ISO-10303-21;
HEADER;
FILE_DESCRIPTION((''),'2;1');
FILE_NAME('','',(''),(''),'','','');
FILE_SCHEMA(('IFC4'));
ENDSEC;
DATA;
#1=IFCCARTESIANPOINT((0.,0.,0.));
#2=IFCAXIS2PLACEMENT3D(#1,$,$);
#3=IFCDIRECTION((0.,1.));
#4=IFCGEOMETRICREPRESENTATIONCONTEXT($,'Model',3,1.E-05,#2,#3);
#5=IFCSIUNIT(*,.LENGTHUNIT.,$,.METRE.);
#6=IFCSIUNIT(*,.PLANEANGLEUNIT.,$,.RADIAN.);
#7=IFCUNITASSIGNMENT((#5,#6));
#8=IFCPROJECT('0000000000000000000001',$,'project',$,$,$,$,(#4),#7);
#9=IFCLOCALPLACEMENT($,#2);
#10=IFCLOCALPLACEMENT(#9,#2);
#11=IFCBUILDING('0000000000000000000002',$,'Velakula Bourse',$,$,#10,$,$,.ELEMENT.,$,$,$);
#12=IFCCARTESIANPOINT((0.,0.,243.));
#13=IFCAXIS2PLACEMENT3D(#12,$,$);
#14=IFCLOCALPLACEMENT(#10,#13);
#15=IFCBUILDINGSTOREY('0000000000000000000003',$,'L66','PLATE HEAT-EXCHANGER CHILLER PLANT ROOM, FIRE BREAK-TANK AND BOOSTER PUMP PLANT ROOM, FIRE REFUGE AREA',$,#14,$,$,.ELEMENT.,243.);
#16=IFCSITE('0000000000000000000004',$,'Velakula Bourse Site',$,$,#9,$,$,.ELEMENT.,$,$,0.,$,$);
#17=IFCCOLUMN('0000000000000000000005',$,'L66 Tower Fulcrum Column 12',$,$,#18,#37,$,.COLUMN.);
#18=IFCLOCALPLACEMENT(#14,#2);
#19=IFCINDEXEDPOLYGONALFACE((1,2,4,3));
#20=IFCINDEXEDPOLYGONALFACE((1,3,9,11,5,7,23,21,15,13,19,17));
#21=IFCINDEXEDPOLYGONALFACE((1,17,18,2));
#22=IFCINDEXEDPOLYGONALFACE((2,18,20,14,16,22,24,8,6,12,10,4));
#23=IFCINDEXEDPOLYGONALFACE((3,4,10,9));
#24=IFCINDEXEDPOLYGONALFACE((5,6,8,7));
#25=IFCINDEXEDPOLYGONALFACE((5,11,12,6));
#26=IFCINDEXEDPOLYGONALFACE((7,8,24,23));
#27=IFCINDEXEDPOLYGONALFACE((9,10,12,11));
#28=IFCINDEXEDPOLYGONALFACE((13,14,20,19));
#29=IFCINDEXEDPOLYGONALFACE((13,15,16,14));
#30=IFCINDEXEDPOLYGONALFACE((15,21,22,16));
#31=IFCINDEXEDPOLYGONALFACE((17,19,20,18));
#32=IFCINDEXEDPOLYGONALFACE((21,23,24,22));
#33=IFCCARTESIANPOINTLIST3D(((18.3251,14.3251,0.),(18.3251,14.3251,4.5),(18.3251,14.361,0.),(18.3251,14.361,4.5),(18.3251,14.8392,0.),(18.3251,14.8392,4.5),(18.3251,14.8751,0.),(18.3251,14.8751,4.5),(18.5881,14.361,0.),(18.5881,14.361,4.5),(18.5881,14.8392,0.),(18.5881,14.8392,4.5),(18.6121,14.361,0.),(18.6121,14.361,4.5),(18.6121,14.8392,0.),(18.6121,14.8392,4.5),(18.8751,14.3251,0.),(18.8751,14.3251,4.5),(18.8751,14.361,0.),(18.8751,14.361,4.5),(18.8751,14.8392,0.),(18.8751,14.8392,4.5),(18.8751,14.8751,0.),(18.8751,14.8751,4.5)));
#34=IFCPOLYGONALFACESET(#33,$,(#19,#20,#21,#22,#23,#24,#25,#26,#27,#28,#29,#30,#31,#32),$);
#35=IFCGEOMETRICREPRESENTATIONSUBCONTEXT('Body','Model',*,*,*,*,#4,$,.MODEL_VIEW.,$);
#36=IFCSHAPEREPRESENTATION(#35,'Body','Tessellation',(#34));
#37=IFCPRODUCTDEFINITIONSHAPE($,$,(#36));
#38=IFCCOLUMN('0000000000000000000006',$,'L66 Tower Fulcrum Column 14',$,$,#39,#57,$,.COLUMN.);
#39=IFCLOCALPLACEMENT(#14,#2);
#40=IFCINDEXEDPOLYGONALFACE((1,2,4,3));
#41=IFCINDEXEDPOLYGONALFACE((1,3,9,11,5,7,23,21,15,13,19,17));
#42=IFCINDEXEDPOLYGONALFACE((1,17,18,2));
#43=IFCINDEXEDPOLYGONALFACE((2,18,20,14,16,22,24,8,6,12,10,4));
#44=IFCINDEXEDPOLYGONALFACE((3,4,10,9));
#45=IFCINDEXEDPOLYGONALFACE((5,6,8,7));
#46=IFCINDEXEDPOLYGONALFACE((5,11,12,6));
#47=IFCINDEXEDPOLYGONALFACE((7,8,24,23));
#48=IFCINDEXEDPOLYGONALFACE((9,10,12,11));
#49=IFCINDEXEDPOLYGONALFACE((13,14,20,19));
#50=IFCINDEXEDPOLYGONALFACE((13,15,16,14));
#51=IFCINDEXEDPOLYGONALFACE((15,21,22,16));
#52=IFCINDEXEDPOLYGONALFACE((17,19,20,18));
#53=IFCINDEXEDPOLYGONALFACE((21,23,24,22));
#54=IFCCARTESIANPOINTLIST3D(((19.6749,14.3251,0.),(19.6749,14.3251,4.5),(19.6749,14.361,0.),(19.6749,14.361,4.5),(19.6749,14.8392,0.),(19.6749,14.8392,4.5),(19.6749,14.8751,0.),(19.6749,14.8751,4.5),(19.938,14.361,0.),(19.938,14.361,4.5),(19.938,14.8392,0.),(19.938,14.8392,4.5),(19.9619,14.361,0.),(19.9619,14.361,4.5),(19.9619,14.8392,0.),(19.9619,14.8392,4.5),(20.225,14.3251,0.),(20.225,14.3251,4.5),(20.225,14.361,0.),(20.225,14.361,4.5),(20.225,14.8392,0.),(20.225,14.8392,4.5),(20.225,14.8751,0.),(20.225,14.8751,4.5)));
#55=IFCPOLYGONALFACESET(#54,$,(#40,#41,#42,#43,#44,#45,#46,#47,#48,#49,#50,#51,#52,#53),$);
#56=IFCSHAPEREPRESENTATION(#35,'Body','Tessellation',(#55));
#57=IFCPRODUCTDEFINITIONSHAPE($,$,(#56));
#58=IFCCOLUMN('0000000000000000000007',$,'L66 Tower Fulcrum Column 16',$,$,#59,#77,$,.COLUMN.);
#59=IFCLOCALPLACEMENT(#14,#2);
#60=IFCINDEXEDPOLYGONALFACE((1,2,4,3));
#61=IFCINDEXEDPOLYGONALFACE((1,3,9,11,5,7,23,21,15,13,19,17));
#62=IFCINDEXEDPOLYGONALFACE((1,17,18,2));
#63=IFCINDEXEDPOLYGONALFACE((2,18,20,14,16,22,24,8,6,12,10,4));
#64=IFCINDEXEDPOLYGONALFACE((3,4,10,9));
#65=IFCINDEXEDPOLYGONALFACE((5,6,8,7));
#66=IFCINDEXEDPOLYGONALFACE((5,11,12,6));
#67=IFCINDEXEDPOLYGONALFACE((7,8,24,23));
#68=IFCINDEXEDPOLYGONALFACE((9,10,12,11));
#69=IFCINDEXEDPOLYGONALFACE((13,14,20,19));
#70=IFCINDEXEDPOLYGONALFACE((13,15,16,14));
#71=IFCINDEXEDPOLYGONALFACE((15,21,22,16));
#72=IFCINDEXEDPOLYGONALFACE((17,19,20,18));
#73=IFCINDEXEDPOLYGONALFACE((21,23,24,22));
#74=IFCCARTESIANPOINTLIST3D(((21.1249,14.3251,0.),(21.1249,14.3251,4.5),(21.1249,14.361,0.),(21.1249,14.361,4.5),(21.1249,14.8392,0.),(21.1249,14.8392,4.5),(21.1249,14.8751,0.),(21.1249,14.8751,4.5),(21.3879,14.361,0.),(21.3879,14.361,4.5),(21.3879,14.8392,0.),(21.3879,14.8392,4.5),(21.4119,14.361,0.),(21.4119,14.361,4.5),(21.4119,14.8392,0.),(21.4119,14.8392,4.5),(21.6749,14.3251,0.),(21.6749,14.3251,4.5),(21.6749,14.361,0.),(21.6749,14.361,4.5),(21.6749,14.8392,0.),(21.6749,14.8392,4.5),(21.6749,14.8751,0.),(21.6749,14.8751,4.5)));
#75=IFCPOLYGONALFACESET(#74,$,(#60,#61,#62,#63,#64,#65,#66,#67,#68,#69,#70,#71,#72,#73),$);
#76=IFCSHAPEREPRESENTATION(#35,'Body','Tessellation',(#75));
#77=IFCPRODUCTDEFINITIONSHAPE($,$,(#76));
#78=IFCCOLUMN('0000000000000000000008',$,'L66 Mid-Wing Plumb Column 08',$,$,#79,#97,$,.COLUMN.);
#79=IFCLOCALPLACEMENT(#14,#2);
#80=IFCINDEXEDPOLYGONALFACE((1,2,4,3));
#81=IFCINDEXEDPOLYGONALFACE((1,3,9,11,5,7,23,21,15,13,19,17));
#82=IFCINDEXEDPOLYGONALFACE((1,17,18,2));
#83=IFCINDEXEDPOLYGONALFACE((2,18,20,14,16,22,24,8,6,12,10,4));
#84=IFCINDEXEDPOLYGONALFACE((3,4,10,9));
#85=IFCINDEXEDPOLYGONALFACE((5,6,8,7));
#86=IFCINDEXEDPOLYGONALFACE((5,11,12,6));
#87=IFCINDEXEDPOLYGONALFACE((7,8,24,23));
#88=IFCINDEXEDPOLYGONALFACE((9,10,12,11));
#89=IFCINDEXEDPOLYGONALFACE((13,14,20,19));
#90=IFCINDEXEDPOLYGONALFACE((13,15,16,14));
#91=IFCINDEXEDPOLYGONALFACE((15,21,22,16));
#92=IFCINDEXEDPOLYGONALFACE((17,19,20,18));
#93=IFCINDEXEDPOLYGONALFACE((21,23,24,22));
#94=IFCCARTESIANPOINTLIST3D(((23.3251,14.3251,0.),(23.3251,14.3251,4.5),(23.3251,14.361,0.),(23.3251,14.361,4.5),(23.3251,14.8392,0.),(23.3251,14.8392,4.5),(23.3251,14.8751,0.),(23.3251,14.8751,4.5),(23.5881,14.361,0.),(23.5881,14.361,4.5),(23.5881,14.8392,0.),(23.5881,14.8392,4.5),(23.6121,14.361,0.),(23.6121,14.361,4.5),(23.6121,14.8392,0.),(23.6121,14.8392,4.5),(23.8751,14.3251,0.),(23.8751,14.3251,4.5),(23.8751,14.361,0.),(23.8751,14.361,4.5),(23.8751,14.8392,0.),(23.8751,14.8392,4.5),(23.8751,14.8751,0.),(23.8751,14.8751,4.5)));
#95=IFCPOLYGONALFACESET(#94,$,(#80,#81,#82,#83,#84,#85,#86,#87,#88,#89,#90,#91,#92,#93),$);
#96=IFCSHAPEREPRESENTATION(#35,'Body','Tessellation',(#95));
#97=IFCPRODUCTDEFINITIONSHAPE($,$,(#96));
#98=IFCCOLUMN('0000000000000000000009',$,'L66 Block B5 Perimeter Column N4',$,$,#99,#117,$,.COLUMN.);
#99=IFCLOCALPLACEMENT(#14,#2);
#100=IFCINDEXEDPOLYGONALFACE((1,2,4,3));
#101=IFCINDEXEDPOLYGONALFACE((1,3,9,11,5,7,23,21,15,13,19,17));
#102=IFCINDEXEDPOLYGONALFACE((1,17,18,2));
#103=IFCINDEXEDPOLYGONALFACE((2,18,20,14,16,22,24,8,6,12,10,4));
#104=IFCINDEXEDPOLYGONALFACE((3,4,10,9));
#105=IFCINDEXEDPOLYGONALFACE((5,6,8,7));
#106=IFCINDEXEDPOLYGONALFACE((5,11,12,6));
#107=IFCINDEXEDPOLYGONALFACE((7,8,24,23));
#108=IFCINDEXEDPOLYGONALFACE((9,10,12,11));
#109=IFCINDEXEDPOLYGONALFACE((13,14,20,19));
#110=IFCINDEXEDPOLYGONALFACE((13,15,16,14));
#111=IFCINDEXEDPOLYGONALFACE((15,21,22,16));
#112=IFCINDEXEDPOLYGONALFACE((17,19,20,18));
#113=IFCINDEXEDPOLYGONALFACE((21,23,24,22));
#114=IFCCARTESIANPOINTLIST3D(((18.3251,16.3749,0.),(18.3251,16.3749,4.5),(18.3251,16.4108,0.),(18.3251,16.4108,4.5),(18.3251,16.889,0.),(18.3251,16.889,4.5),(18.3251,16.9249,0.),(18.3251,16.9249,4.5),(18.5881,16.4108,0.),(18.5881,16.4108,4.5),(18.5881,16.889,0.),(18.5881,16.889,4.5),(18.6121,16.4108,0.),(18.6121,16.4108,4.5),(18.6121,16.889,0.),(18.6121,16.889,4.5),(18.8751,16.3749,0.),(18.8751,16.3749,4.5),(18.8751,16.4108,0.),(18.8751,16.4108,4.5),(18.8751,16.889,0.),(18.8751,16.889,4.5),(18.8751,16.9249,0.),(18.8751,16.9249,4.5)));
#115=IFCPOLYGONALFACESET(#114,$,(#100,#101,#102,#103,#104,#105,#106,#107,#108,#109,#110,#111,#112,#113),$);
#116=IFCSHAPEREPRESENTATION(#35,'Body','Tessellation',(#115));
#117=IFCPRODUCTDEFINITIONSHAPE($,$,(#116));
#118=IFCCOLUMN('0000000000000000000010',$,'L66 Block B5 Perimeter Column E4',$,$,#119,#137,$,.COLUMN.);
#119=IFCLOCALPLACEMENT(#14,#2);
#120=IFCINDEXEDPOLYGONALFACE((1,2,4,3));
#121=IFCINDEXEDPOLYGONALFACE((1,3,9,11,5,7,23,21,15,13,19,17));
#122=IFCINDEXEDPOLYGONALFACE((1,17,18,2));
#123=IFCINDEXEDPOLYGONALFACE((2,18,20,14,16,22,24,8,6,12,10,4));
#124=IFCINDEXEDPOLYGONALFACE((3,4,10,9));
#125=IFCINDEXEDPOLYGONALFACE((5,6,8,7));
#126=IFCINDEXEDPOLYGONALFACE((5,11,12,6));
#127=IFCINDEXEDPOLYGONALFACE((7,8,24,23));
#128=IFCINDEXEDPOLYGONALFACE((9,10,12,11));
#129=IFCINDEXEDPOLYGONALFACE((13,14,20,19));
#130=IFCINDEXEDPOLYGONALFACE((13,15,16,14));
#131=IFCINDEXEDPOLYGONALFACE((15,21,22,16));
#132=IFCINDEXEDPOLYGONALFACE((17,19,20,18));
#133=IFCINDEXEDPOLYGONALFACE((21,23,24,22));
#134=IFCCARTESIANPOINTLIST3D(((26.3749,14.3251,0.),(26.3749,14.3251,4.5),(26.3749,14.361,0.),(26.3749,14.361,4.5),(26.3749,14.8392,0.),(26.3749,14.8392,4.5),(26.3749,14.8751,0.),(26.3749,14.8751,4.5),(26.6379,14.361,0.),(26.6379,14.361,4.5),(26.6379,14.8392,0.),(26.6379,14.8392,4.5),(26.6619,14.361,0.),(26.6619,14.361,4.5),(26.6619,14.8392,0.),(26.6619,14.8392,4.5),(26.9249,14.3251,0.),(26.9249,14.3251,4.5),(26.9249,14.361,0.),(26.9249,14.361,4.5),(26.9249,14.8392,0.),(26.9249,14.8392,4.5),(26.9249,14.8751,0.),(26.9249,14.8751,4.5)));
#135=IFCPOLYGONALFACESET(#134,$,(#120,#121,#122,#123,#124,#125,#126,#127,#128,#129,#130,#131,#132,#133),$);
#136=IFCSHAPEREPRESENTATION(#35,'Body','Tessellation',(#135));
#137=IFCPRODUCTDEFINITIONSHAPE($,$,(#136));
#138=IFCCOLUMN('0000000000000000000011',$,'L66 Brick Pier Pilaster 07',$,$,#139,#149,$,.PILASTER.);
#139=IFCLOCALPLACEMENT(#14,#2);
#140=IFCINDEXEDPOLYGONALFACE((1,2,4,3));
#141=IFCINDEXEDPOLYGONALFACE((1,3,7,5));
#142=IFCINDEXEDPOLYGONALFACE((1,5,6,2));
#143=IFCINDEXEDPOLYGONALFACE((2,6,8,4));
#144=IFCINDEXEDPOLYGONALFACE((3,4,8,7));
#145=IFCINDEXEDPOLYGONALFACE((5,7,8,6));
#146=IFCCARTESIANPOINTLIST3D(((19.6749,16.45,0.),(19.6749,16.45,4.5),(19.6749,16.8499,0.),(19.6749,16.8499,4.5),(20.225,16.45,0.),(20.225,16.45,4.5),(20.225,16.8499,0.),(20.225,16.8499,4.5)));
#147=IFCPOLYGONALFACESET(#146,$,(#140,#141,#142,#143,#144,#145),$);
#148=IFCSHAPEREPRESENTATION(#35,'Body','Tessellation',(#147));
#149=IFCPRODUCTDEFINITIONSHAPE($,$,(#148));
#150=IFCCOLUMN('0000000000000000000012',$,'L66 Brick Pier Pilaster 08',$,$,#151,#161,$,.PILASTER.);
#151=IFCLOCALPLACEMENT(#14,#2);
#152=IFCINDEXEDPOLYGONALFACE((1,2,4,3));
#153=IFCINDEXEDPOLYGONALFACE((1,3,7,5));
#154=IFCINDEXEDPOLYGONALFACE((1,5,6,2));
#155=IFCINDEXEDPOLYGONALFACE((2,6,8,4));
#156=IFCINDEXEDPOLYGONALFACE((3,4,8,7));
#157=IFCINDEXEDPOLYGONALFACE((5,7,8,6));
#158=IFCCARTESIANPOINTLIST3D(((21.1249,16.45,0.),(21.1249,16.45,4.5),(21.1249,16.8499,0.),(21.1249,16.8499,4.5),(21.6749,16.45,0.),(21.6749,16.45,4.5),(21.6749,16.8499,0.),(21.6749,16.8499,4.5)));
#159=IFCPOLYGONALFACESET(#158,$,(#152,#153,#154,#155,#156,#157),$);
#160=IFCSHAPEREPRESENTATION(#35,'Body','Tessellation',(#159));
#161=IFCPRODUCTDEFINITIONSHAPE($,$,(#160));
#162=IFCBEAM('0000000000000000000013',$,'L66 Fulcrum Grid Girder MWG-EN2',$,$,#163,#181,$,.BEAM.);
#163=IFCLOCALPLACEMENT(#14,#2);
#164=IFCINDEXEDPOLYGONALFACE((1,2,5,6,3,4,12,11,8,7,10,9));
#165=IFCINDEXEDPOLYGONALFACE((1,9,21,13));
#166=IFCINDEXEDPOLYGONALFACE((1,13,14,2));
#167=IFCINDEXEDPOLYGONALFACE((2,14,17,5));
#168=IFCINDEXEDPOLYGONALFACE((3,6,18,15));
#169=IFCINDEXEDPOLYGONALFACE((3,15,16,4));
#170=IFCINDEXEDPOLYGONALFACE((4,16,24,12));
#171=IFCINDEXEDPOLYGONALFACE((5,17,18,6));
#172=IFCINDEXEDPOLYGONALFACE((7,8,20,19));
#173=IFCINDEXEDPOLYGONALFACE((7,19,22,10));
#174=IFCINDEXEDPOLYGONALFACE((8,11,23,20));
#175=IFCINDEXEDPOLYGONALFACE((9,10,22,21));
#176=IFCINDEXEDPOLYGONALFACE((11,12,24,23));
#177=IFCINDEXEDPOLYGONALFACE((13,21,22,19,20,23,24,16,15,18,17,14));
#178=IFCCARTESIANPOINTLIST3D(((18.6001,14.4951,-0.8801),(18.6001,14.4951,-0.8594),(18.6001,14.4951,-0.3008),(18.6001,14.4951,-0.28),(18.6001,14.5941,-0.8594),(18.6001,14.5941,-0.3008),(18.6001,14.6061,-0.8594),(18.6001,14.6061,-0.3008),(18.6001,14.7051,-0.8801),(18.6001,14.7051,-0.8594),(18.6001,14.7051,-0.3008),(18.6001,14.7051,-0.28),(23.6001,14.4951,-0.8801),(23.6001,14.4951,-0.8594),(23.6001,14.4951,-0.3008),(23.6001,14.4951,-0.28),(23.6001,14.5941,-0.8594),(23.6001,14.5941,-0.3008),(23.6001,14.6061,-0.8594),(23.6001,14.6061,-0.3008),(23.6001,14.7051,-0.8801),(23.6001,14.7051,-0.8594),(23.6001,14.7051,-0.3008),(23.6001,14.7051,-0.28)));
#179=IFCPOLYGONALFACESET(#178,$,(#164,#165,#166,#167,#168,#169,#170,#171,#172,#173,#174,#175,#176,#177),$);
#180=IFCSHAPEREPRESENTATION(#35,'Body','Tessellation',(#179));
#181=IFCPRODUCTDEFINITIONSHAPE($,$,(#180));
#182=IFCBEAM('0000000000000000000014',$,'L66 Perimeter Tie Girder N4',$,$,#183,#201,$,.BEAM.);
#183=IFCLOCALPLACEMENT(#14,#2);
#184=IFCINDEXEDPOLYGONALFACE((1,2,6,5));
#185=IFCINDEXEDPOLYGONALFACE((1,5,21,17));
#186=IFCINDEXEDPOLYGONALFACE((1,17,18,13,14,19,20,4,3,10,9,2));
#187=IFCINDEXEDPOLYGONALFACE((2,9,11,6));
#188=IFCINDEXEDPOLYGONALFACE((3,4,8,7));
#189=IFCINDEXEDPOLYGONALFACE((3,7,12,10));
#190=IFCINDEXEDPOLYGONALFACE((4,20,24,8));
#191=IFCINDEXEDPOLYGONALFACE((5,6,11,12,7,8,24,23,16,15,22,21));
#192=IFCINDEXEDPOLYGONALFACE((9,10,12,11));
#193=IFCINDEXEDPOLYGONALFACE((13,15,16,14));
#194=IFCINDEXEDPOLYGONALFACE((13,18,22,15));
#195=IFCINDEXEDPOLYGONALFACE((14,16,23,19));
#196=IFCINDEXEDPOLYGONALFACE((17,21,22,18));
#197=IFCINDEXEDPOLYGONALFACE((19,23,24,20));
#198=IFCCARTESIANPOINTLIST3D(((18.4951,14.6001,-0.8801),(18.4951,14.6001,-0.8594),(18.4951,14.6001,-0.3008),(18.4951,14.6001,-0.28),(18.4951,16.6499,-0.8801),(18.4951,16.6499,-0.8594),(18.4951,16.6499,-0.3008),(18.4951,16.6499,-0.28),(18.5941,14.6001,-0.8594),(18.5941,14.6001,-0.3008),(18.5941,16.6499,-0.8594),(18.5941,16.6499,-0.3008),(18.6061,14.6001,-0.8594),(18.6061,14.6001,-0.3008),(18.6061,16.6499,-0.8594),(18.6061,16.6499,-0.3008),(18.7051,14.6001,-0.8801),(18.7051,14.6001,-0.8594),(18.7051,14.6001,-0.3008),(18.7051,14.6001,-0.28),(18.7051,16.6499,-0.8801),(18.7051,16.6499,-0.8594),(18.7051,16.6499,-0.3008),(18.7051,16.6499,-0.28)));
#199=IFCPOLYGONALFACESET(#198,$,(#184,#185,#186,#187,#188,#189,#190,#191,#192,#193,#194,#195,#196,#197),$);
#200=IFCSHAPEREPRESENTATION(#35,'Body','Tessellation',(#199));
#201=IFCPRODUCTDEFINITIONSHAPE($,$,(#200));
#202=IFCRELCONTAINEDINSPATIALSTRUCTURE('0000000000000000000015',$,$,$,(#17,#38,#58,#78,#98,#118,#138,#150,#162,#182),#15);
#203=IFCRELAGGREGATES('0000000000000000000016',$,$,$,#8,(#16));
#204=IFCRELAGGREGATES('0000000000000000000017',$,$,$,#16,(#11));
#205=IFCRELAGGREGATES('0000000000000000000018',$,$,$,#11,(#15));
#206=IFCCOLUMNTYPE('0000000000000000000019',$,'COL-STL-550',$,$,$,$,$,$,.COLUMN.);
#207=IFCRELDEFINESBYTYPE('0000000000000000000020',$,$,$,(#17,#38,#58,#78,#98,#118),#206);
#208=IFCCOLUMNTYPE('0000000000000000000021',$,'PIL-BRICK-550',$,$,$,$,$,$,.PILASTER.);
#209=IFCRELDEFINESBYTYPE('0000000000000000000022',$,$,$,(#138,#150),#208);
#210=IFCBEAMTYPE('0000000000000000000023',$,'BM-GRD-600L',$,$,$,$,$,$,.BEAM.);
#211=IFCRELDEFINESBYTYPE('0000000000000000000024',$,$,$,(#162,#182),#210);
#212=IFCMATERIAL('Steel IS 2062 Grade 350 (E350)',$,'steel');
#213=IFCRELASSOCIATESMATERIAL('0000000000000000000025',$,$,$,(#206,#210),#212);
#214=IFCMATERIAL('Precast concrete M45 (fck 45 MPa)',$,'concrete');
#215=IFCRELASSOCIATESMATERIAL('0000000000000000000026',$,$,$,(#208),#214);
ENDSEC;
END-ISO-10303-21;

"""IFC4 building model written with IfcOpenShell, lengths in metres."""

from ifc_helpers import new_model, si_unit, direction, frame, origin, origin_2d, place, context, subcontext, project, spatial, rectangle, i_section, extrude, material, material_profile, profile_set, type_object, element, save


model = new_model("IFC4")

# Units and contexts
model_context = context("Model", 3, precision=1e-05, world=origin(), true_north=direction((0.0, 1.0)))
body_context = subcontext(model_context, "Body", "Model", "MODEL_VIEW")
ifc_project = project(units=[si_unit("LENGTHUNIT", "METRE"), si_unit("PLANEANGLEUNIT", "RADIAN")], contexts=[model_context])

# Site, building, storey
site_placement = place(None, origin())
site = spatial("IfcSite", under=ifc_project, at=site_placement, Name="Velakula Bourse Site", CompositionType="ELEMENT", RefElevation=0.0)
building_placement = place(site_placement, origin())
building = spatial("IfcBuilding", under=site, at=building_placement, Name="Velakula Bourse", CompositionType="ELEMENT")
storey_placement = place(building_placement, frame((0.0, 0.0, 243.0)))
storey = spatial("IfcBuildingStorey", under=building, at=storey_placement, Name="L66", Description="PLATE HEAT-EXCHANGER CHILLER PLANT ROOM, FIRE BREAK-TANK AND BOOSTER PUMP PLANT ROOM, FIRE REFUGE AREA", CompositionType="ELEMENT", Elevation=243.0)

# Columns
ifc_material_1 = material(Name="Steel IS 2062 Grade 350 (E350)", Category="steel")
ifc_material_profile_1 = material_profile(ifc_material_1, i_section(OverallWidth=0.55, OverallDepth=0.55, WebThickness=0.0239, FlangeThickness=0.0359, at=origin_2d()), Name="Steel IS 2062 Grade 350 (E350)")
ifc_profile_set_1 = profile_set([ifc_material_profile_1], Name="Steel IS 2062 Grade 350 (E350)")
column_type_1 = type_object("IfcColumnType", Name="COL-STL-550", PredefinedType="COLUMN", material=ifc_profile_set_1)
for number, where, z_axis, x_axis, name in (
    (1, (18.6001, 14.6001, 0.0), (0.0, 0.0, 1.0), (1.0, 0.0, 0.0), "L66 Tower Fulcrum Column 12"),
    (2, (19.95, 14.6001, 0.0), (0.0, 0.0, 1.0), (1.0, 0.0, 0.0), "L66 Tower Fulcrum Column 14"),
    (3, (21.3999, 14.6001, 0.0), (0.0, 0.0, 1.0), (1.0, 0.0, 0.0), "L66 Tower Fulcrum Column 16"),
    (4, (23.6001, 14.6001, 0.0), (0.0, 0.0, 1.0), (1.0, 0.0, 0.0), "L66 Mid-Wing Plumb Column 08"),
    (5, (18.6001, 16.6499, 0.0), (0.0, 0.0, 1.0), (1.0, 0.0, 0.0), "L66 Block B5 Perimeter Column N4"),
    (6, (26.6499, 14.6001, 0.0), (0.0, 0.0, 1.0), (1.0, 0.0, 0.0), "L66 Block B5 Perimeter Column E4"),
):
    element("IfcColumn", number, at=place(storey_placement, frame(where, z_axis=z_axis, x_axis=x_axis)), inside=storey, type_object=column_type_1, Name=name, PredefinedType="COLUMN", context=body_context, shape_type="SweptSolid", body=[
        extrude(i_section(OverallWidth=0.55, OverallDepth=0.55, WebThickness=0.0239, FlangeThickness=0.0359, at=origin_2d()), origin(), (0.0, 0.0, 1.0), 4.5),
    ])
ifc_material_2 = material(Name="Precast concrete M45 (fck 45 MPa)", Category="concrete")
ifc_material_profile_2 = material_profile(ifc_material_2, rectangle(XDim=0.55, YDim=0.3999, at=origin_2d()), Name="Precast concrete M45 (fck 45 MPa)")
ifc_profile_set_2 = profile_set([ifc_material_profile_2], Name="Precast concrete M45 (fck 45 MPa)")
column_type_2 = type_object("IfcColumnType", Name="PIL-BRICK-550", PredefinedType="PILASTER", material=ifc_profile_set_2)
for number, where, z_axis, x_axis, name in (
    (7, (19.95, 16.6499, 0.0), (0.0, 0.0, 1.0), (1.0, 0.0, 0.0), "L66 Brick Pier Pilaster 07"),
    (8, (21.3999, 16.6499, 0.0), (0.0, 0.0, 1.0), (1.0, 0.0, 0.0), "L66 Brick Pier Pilaster 08"),
):
    element("IfcColumn", number, at=place(storey_placement, frame(where, z_axis=z_axis, x_axis=x_axis)), inside=storey, type_object=column_type_2, Name=name, PredefinedType="PILASTER", context=body_context, shape_type="SweptSolid", body=[
        extrude(rectangle(XDim=0.55, YDim=0.3999, at=origin_2d()), origin(), (0.0, 0.0, 1.0), 4.5),
    ])

# Beams
ifc_material_profile_3 = material_profile(ifc_material_1, i_section(OverallWidth=0.21, OverallDepth=0.6001, WebThickness=0.012, FlangeThickness=0.0208, at=origin_2d()), Name="Steel IS 2062 Grade 350 (E350)")
ifc_profile_set_3 = profile_set([ifc_material_profile_3], Name="Steel IS 2062 Grade 350 (E350)")
beam_type_1 = type_object("IfcBeamType", Name="BM-GRD-600L", PredefinedType="BEAM", material=ifc_profile_set_3)
beam_1_placement = place(storey_placement, frame((18.6001, 14.6001, -0.5801), z_axis=(1.0, 0.0, 0.0), x_axis=(0.0, 1.0, 0.0)))
element("IfcBeam", 9, at=beam_1_placement, inside=storey, type_object=beam_type_1, Name="L66 Fulcrum Grid Girder MWG-EN2", PredefinedType="BEAM", context=body_context, shape_type="SweptSolid", body=[
    extrude(i_section(OverallWidth=0.21, OverallDepth=0.6001, WebThickness=0.012, FlangeThickness=0.0208, at=origin_2d()), origin(), (0.0, 0.0, 1.0), 5.0),
])
beam_2_placement = place(storey_placement, frame((18.6001, 14.6001, -0.5801), z_axis=(0.0, 1.0, 0.0), x_axis=(-1.0, 0.0, 0.0)))
element("IfcBeam", 10, at=beam_2_placement, inside=storey, type_object=beam_type_1, Name="L66 Perimeter Tie Girder N4", PredefinedType="BEAM", context=body_context, shape_type="SweptSolid", body=[
    extrude(i_section(OverallWidth=0.21, OverallDepth=0.6001, WebThickness=0.012, FlangeThickness=0.0208, at=origin_2d()), origin(), (0.0, 0.0, 1.0), 2.0498),
])

save(model, "model.ifc")
